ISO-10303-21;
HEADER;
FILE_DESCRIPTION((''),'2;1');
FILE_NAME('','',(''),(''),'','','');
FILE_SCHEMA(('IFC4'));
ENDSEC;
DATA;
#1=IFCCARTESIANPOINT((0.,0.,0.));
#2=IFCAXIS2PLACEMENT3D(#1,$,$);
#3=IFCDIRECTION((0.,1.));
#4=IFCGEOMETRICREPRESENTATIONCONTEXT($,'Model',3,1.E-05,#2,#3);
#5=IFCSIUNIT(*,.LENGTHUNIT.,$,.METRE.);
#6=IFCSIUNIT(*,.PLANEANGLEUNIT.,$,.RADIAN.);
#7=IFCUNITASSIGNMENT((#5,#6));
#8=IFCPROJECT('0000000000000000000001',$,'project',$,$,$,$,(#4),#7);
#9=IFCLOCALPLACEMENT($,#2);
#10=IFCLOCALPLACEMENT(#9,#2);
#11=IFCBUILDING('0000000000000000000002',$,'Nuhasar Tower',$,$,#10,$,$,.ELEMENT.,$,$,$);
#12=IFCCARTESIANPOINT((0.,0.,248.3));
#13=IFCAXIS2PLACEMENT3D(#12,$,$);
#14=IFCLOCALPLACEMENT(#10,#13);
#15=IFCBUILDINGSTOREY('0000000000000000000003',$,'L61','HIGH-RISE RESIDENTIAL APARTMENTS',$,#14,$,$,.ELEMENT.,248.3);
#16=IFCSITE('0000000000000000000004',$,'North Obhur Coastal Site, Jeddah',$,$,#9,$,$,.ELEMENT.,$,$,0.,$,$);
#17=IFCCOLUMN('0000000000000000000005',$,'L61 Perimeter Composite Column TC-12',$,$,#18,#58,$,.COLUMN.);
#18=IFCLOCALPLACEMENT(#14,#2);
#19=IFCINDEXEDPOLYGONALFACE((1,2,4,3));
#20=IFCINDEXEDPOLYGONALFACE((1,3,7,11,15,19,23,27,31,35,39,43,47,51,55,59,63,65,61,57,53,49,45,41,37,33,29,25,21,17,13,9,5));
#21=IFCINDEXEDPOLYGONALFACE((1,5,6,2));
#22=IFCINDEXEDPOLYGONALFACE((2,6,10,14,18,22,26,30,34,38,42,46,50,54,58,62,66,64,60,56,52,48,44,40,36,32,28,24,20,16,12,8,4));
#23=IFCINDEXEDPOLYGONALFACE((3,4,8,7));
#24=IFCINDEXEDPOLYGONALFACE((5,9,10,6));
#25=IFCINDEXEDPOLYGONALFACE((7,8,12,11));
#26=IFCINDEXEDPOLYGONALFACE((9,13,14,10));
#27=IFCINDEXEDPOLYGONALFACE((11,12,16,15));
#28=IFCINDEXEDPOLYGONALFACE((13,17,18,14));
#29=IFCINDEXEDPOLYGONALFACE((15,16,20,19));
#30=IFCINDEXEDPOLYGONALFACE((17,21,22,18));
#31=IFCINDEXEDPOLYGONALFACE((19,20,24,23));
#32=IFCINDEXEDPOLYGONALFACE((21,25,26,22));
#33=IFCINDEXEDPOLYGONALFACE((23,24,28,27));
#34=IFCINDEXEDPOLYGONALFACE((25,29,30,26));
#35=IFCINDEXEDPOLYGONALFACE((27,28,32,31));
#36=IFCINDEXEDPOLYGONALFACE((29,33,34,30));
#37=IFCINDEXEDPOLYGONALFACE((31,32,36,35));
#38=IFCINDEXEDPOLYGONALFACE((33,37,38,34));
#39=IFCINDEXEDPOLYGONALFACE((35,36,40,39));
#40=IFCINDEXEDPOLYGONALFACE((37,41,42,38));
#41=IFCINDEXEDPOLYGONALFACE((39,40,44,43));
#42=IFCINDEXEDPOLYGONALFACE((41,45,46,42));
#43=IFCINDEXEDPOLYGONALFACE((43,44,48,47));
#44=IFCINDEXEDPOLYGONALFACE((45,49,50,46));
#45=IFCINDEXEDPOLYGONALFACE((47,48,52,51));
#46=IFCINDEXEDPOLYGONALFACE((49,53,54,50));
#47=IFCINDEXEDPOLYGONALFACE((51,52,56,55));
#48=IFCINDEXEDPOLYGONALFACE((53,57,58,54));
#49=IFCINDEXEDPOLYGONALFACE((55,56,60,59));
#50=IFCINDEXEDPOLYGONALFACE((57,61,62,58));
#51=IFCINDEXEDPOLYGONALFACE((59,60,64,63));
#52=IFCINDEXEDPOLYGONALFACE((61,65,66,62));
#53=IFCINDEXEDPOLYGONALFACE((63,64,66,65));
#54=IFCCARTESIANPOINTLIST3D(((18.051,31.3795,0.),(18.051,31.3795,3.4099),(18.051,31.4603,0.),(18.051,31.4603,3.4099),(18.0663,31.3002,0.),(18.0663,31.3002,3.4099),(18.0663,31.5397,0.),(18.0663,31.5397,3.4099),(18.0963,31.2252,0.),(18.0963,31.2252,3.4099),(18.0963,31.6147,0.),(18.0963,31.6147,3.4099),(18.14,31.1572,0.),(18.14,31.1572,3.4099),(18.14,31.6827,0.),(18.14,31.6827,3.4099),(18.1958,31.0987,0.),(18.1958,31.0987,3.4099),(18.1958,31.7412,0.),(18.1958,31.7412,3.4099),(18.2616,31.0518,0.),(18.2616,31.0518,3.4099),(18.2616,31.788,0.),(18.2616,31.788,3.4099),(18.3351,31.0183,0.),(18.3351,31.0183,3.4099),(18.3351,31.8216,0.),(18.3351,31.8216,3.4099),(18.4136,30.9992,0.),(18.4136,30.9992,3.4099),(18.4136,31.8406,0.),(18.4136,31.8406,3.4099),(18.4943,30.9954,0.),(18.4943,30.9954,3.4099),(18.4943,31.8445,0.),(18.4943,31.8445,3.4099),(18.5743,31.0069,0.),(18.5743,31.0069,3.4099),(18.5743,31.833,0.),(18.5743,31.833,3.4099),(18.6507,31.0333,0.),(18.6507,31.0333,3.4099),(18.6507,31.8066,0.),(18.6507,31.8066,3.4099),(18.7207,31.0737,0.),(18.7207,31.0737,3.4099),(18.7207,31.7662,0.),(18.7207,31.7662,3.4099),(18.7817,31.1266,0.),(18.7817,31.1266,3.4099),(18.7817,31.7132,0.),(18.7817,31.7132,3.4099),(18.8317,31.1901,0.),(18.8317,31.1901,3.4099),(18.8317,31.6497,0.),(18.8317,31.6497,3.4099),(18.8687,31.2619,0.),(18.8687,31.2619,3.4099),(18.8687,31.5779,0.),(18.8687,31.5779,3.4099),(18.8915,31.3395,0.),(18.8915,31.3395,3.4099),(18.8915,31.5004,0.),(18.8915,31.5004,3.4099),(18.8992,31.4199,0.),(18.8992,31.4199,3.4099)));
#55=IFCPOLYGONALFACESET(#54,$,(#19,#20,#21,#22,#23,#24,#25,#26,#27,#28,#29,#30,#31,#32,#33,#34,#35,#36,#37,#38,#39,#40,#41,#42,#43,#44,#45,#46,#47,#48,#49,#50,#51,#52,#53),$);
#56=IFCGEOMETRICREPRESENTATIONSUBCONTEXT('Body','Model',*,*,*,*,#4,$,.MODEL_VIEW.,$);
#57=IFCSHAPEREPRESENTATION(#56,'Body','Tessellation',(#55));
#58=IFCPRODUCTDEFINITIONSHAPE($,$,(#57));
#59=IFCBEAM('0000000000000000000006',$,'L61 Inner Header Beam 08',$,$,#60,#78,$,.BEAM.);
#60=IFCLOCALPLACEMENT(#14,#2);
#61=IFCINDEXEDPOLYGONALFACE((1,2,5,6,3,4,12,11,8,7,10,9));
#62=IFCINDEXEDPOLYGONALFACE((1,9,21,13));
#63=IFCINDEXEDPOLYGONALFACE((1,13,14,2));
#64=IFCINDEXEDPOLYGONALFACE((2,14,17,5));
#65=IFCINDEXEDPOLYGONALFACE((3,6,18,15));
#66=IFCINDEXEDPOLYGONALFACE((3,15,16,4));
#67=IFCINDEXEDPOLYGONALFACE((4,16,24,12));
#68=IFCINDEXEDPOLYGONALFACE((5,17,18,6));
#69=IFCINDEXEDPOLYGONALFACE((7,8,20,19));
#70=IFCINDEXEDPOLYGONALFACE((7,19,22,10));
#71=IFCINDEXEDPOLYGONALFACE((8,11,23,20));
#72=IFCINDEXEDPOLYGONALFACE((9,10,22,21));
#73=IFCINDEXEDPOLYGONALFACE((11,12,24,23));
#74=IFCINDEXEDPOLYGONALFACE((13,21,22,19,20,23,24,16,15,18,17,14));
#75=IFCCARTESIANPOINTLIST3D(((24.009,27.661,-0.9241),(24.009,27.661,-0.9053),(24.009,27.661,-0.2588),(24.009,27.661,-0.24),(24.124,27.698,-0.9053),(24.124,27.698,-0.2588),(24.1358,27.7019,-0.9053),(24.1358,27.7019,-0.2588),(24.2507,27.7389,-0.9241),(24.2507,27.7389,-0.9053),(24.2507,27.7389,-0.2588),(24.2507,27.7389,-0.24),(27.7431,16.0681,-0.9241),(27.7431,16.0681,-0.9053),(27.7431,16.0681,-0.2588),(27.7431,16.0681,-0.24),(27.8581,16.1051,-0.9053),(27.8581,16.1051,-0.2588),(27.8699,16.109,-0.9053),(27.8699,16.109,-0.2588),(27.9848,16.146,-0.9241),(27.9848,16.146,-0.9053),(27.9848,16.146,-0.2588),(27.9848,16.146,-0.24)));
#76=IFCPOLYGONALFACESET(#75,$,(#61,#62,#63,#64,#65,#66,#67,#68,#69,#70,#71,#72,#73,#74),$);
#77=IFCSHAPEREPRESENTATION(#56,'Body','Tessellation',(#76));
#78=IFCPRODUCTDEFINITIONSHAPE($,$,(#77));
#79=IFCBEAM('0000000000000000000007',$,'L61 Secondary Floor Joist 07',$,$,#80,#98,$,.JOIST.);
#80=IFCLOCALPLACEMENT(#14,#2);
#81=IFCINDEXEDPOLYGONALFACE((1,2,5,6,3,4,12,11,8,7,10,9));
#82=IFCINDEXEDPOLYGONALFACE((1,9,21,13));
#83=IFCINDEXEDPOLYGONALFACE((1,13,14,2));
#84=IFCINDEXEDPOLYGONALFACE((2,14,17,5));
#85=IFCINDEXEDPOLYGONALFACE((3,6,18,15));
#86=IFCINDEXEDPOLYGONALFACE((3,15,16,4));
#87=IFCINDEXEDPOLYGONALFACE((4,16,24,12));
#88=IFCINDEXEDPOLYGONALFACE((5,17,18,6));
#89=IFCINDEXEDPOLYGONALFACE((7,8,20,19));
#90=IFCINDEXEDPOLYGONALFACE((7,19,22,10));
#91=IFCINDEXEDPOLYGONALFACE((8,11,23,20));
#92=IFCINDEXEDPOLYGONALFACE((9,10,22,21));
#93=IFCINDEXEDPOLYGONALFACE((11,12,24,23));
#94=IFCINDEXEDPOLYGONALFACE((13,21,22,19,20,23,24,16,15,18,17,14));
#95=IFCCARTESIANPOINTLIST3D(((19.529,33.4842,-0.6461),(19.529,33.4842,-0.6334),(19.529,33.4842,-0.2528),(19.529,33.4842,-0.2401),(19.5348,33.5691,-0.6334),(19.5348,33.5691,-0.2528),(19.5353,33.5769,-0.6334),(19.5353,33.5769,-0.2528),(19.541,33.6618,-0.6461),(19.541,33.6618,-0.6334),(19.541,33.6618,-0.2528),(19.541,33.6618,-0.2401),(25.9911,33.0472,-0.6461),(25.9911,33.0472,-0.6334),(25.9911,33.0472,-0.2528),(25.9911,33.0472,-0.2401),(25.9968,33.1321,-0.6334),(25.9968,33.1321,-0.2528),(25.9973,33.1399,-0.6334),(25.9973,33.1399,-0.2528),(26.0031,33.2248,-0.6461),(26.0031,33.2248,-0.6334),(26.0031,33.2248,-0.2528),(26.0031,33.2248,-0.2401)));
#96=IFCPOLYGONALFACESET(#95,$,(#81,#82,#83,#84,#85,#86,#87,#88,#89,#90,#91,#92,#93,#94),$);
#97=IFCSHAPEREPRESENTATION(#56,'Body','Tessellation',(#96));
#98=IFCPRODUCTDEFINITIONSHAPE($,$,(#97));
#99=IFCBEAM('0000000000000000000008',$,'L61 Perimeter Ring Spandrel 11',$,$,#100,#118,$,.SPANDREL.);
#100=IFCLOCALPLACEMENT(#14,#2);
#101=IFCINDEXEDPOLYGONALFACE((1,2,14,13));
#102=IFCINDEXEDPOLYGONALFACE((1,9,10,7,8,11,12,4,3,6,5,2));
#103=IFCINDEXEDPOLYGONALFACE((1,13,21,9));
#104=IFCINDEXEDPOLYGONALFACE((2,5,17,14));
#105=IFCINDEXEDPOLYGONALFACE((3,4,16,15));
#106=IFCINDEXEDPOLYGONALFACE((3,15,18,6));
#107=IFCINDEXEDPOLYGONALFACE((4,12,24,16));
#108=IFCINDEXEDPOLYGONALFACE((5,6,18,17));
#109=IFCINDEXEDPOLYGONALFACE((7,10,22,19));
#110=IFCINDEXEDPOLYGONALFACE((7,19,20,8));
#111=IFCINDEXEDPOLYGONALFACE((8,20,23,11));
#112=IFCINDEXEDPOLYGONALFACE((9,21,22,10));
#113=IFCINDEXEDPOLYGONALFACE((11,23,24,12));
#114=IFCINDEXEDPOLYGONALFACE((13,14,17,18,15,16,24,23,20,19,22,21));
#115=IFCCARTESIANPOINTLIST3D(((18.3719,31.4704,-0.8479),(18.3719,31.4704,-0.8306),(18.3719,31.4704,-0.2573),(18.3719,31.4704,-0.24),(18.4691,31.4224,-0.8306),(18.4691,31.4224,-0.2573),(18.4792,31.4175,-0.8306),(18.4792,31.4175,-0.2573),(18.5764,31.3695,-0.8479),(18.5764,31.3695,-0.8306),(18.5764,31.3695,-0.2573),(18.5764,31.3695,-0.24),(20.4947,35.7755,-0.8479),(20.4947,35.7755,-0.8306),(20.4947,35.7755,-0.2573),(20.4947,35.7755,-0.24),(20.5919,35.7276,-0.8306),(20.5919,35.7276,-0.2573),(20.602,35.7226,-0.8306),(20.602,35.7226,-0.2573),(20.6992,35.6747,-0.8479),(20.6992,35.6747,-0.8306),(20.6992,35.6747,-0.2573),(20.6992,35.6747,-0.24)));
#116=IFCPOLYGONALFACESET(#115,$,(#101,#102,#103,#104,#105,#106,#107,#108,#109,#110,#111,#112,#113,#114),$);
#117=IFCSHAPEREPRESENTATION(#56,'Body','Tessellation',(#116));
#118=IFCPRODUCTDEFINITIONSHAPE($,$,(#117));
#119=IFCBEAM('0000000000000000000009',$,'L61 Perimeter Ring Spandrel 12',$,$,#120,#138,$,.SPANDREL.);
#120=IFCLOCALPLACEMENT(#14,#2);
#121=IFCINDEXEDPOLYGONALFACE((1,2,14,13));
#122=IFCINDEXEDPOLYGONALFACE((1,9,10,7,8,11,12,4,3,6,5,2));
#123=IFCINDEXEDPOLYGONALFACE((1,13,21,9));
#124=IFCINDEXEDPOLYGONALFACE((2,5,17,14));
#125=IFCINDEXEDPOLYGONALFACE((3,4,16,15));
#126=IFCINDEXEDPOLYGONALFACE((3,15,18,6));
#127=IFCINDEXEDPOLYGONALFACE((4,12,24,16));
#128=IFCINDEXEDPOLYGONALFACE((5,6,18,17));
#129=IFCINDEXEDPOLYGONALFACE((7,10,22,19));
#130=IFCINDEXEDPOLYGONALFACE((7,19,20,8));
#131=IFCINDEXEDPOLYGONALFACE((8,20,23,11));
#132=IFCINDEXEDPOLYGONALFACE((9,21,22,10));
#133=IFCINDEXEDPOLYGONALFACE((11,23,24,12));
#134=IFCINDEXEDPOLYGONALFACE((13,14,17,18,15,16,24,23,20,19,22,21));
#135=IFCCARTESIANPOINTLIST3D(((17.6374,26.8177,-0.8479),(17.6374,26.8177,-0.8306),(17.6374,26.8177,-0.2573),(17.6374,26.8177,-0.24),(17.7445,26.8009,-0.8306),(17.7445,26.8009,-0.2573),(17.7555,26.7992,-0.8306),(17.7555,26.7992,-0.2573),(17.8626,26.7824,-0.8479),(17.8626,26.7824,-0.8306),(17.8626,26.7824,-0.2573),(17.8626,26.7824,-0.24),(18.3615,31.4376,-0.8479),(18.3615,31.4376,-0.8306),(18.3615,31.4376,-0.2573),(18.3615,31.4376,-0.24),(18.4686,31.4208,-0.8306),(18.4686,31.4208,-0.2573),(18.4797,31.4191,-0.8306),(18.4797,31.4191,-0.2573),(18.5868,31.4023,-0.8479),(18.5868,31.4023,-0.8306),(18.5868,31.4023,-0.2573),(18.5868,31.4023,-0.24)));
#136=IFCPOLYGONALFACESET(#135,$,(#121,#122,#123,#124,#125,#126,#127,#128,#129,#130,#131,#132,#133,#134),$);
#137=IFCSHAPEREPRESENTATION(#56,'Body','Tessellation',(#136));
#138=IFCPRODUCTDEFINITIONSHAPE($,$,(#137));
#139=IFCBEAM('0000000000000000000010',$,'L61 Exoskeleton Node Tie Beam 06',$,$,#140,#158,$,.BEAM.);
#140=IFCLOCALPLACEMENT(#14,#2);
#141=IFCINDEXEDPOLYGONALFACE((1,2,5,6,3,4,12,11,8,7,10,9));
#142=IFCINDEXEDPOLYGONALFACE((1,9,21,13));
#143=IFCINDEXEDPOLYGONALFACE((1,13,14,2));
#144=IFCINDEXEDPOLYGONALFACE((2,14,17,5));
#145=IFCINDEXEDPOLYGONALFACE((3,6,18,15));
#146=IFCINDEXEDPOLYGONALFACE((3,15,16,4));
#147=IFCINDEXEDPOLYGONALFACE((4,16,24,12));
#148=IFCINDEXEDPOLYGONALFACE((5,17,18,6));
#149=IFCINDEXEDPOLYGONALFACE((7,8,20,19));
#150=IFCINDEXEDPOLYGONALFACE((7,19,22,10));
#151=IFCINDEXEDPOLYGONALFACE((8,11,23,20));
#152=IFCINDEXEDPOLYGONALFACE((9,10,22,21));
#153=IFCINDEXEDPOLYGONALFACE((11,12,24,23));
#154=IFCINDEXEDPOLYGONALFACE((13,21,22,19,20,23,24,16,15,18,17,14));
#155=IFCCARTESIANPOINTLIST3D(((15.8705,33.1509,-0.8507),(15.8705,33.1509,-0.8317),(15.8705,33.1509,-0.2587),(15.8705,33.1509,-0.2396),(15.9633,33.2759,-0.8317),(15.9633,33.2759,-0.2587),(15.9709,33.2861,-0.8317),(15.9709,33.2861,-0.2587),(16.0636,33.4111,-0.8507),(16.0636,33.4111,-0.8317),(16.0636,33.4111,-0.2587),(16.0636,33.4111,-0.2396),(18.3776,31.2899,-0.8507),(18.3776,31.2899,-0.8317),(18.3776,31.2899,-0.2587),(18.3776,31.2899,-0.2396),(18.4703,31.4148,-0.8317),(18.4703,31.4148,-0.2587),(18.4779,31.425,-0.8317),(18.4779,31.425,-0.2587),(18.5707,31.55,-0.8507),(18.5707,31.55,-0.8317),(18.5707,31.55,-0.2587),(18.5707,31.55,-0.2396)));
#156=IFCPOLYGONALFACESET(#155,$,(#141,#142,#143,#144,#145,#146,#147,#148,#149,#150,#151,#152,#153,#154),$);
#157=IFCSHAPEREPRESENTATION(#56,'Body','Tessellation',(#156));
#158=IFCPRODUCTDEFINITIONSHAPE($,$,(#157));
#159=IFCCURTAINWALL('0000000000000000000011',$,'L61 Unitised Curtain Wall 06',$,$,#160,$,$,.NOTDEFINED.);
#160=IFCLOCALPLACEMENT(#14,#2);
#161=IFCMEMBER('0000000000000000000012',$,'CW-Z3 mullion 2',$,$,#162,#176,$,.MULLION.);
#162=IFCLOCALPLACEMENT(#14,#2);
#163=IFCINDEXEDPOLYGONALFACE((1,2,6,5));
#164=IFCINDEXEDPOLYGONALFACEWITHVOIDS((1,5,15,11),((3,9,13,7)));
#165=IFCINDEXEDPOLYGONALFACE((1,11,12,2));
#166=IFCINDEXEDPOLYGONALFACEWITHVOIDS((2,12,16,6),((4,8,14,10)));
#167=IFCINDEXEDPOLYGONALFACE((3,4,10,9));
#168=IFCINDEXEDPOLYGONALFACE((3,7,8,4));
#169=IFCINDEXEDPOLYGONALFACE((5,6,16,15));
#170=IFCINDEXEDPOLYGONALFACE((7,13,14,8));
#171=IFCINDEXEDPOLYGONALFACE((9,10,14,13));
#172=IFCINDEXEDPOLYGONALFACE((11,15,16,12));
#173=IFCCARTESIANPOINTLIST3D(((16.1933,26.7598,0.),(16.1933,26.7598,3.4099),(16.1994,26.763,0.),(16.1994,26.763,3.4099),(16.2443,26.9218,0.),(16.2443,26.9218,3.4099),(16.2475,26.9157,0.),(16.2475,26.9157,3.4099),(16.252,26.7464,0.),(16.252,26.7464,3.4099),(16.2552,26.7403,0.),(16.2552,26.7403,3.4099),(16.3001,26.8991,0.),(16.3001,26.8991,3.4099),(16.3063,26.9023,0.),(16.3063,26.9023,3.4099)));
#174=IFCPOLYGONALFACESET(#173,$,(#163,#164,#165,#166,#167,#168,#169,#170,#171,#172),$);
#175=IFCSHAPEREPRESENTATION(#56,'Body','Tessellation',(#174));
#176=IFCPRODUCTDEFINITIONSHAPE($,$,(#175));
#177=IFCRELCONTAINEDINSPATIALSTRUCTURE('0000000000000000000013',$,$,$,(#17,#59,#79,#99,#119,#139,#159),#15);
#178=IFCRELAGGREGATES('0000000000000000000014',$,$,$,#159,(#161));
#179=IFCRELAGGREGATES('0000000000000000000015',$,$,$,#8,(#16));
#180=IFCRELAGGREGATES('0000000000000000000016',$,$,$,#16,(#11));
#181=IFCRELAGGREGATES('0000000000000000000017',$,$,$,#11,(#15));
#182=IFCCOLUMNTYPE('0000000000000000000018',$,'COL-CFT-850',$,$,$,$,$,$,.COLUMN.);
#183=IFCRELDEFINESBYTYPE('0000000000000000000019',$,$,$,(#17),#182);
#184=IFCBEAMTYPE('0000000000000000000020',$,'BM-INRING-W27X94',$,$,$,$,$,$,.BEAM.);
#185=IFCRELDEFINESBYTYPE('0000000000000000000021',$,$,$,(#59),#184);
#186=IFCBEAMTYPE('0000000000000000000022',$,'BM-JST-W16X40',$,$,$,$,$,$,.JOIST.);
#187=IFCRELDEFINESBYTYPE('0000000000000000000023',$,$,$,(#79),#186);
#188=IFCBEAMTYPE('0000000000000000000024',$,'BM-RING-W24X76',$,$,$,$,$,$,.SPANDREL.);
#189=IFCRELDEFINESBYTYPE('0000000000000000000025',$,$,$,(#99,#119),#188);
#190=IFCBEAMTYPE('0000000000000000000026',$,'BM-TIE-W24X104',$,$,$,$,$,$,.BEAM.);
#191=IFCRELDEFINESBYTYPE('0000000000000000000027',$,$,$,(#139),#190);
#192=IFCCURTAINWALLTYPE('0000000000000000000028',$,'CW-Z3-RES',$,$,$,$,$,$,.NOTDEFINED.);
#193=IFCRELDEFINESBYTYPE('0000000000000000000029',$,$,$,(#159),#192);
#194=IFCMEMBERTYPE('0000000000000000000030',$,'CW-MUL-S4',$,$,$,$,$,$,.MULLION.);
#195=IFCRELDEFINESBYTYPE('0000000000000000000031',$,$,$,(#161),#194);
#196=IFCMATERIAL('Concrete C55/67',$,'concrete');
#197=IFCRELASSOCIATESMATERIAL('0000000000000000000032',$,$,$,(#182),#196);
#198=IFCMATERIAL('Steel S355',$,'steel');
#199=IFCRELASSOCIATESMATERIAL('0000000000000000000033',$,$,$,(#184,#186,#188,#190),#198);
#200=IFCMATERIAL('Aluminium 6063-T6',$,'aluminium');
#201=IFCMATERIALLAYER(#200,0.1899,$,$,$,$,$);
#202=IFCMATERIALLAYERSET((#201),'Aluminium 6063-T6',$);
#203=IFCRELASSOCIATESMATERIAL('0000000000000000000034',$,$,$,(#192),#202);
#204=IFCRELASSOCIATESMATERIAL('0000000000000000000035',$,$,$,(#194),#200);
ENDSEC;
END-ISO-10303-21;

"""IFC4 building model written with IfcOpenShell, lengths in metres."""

from ifc_helpers import new_model, si_unit, direction, frame, origin, origin_2d, place, context, subcontext, project, spatial, hollow_rectangle, circle, i_section, extrude, material, layer, layer_set, material_profile, profile_set, type_object, element, aggregate, save


model = new_model("IFC4")

# Units and contexts
model_context = context("Model", 3, precision=1e-05, world=origin(), true_north=direction((0.0, 1.0)))
body_context = subcontext(model_context, "Body", "Model", "MODEL_VIEW")
ifc_project = project(units=[si_unit("LENGTHUNIT", "METRE"), si_unit("PLANEANGLEUNIT", "RADIAN")], contexts=[model_context])

# Site, building, storey
site_placement = place(None, origin())
site = spatial("IfcSite", under=ifc_project, at=site_placement, Name="North Obhur Coastal Site, Jeddah", CompositionType="ELEMENT", RefElevation=0.0)
building_placement = place(site_placement, origin())
building = spatial("IfcBuilding", under=site, at=building_placement, Name="Nuhasar Tower", CompositionType="ELEMENT")
storey_placement = place(building_placement, frame((0.0, 0.0, 248.3)))
storey = spatial("IfcBuildingStorey", under=building, at=storey_placement, Name="L61", Description="HIGH-RISE RESIDENTIAL APARTMENTS", CompositionType="ELEMENT", Elevation=248.3)

# Column
ifc_material_1 = material(Name="Concrete C55/67", Category="concrete")
ifc_material_profile_1 = material_profile(ifc_material_1, circle(Radius=0.425, at=origin_2d()), Name="CFT850")
ifc_profile_set_1 = profile_set([ifc_material_profile_1], Name="Concrete C55/67")
column_type = type_object("IfcColumnType", Name="COL-CFT-850", PredefinedType="COLUMN", material=ifc_profile_set_1)
column_placement = place(storey_placement, frame((18.4741, 31.4199, 0.0), z_axis=(0.0, 0.0, 1.0), x_axis=(1.0, 0.0, 0.0)))
element("IfcColumn", 1, at=column_placement, inside=storey, type_object=column_type, Name="L61 Perimeter Composite Column TC-12", PredefinedType="COLUMN", context=body_context, shape_type="SweptSolid", body=[
    extrude(circle(Radius=0.425, at=origin_2d()), origin(), (0.0, 0.0, 1.0), 3.4099),
])

# Beams
ifc_material_2 = material(Name="Steel S355", Category="steel")
ifc_material_profile_2 = material_profile(ifc_material_2, i_section(OverallWidth=0.2539, OverallDepth=0.6841, WebThickness=0.0125, FlangeThickness=0.0188, at=origin_2d()), Name="W27X94")
ifc_profile_set_2 = profile_set([ifc_material_profile_2], Name="Steel S355")
beam_type_1 = type_object("IfcBeamType", Name="BM-INRING-W27X94", PredefinedType="BEAM", material=ifc_profile_set_2)
beam_1_placement = place(storey_placement, frame((24.1299, 27.7, -0.582), z_axis=(0.30659, -0.951842, 0.0), x_axis=(0.951842, 0.30659, 0.0)))
element("IfcBeam", 2, at=beam_1_placement, inside=storey, type_object=beam_type_1, Name="L61 Inner Header Beam 08", PredefinedType="BEAM", context=body_context, shape_type="SweptSolid", body=[
    extrude(i_section(OverallWidth=0.2539, OverallDepth=0.6841, WebThickness=0.0125, FlangeThickness=0.0188, at=origin_2d()), origin(), (0.0, 0.0, 1.0), 12.1794),
])
ifc_material_profile_3 = material_profile(ifc_material_2, i_section(OverallWidth=0.178, OverallDepth=0.406, WebThickness=0.0078, FlangeThickness=0.0127, at=origin_2d()), Name="W16X40")
ifc_profile_set_3 = profile_set([ifc_material_profile_3], Name="Steel S355")
beam_type_2 = type_object("IfcBeamType", Name="BM-JST-W16X40", PredefinedType="JOIST", material=ifc_profile_set_3)
beam_2_placement = place(storey_placement, frame((25.9971, 33.136, -0.4431), z_axis=(-0.997721, 0.067472, 0.0), x_axis=(-0.067472, -0.997721, 0.0)))
element("IfcBeam", 3, at=beam_2_placement, inside=storey, type_object=beam_type_2, Name="L61 Secondary Floor Joist 07", PredefinedType="JOIST", context=body_context, shape_type="SweptSolid", body=[
    extrude(i_section(OverallWidth=0.178, OverallDepth=0.406, WebThickness=0.0078, FlangeThickness=0.0127, at=origin_2d()), origin(), (0.0, 0.0, 1.0), 6.4768),
])
ifc_material_profile_4 = material_profile(ifc_material_2, i_section(OverallWidth=0.228, OverallDepth=0.6079, WebThickness=0.0112, FlangeThickness=0.0173, at=origin_2d()), Name="W24X76")
ifc_profile_set_4 = profile_set([ifc_material_profile_4], Name="Steel S355")
beam_type_3 = type_object("IfcBeamType", Name="BM-RING-W24X76", PredefinedType="SPANDREL", material=ifc_profile_set_4)
beam_3_placement = place(storey_placement, frame((20.5969, 35.7251, -0.5439), z_axis=(-0.442243, -0.896895, 0.0), x_axis=(0.896895, -0.442243, 0.0)))
element("IfcBeam", 4, at=beam_3_placement, inside=storey, type_object=beam_type_3, Name="L61 Perimeter Ring Spandrel 11", PredefinedType="SPANDREL", context=body_context, shape_type="SweptSolid", body=[
    extrude(i_section(OverallWidth=0.228, OverallDepth=0.6079, WebThickness=0.0112, FlangeThickness=0.0173, at=origin_2d()), origin(), (0.0, 0.0, 1.0), 4.8),
])
beam_4_placement = place(storey_placement, frame((18.4741, 31.4199, -0.5439), z_axis=(-0.15485, -0.987938, 0.0), x_axis=(0.987938, -0.15485, 0.0)))
element("IfcBeam", 5, at=beam_4_placement, inside=storey, type_object=beam_type_3, Name="L61 Perimeter Ring Spandrel 12", PredefinedType="SPANDREL", context=body_context, shape_type="SweptSolid", body=[
    extrude(i_section(OverallWidth=0.228, OverallDepth=0.6079, WebThickness=0.0112, FlangeThickness=0.0173, at=origin_2d()), origin(), (0.0, 0.0, 1.0), 4.6763),
])
ifc_material_profile_5 = material_profile(ifc_material_2, i_section(OverallWidth=0.324, OverallDepth=0.6111, WebThickness=0.0127, FlangeThickness=0.019, at=origin_2d()), Name="W24X104")
ifc_profile_set_5 = profile_set([ifc_material_profile_5], Name="Steel S355")
beam_type_4 = type_object("IfcBeamType", Name="BM-TIE-W24X104", PredefinedType="BEAM", material=ifc_profile_set_5)
beam_5_placement = place(storey_placement, frame((18.4741, 31.4199, -0.5452), z_axis=(-0.802946, 0.596052, 0.0), x_axis=(-0.596052, -0.802946, 0.0)))
element("IfcBeam", 6, at=beam_5_placement, inside=storey, type_object=beam_type_4, Name="L61 Exoskeleton Node Tie Beam 06", PredefinedType="BEAM", context=body_context, shape_type="SweptSolid", body=[
    extrude(i_section(OverallWidth=0.324, OverallDepth=0.6111, WebThickness=0.0127, FlangeThickness=0.019, at=origin_2d()), origin(), (0.0, 0.0, 1.0), 3.1223),
])

# Curtain wall, member
ifc_material_3 = material(Name="Aluminium 6063-T6", Category="aluminium")
ifc_layer_1 = layer(ifc_material_3, 0.1899)
ifc_layer_set_1 = layer_set([ifc_layer_1], Name="Aluminium 6063-T6")
curtain_wall_type = type_object("IfcCurtainWallType", Name="CW-Z3-RES", PredefinedType="NOTDEFINED", material=ifc_layer_set_1)
curtain_wall_placement = place(storey_placement, origin())
curtain_wall = element("IfcCurtainWall", 7, at=curtain_wall_placement, inside=storey, type_object=curtain_wall_type, Name="L61 Unitised Curtain Wall 06", PredefinedType="NOTDEFINED")
ifc_material_profile_6 = material_profile(ifc_material_3, hollow_rectangle(XDim=0.0649, YDim=0.1699, WallThickness=0.0049, at=origin_2d()), Name="CWM-4")
ifc_profile_set_6 = profile_set([ifc_material_profile_6], Name="Aluminium 6063-T6")
member_type_1 = type_object("IfcMemberType", Name="CW-MUL-S4", PredefinedType="MULLION", material=ifc_profile_set_6)
member_placement = place(storey_placement, frame((16.2498, 26.8311, 0.0), z_axis=(0.0, 0.0, 1.0), x_axis=(0.953804, -0.300429, 0.0)))
member = element("IfcMember", 8, at=member_placement, type_object=member_type_1, Name="CW-Z3 mullion 2", PredefinedType="MULLION", context=body_context, shape_type="SweptSolid", body=[
    extrude(hollow_rectangle(XDim=0.0649, YDim=0.1699, WallThickness=0.0049, at=origin_2d()), origin(), (0.0, 0.0, 1.0), 3.4099),
])

aggregate(curtain_wall, [member])

save(model, "model.ifc")
